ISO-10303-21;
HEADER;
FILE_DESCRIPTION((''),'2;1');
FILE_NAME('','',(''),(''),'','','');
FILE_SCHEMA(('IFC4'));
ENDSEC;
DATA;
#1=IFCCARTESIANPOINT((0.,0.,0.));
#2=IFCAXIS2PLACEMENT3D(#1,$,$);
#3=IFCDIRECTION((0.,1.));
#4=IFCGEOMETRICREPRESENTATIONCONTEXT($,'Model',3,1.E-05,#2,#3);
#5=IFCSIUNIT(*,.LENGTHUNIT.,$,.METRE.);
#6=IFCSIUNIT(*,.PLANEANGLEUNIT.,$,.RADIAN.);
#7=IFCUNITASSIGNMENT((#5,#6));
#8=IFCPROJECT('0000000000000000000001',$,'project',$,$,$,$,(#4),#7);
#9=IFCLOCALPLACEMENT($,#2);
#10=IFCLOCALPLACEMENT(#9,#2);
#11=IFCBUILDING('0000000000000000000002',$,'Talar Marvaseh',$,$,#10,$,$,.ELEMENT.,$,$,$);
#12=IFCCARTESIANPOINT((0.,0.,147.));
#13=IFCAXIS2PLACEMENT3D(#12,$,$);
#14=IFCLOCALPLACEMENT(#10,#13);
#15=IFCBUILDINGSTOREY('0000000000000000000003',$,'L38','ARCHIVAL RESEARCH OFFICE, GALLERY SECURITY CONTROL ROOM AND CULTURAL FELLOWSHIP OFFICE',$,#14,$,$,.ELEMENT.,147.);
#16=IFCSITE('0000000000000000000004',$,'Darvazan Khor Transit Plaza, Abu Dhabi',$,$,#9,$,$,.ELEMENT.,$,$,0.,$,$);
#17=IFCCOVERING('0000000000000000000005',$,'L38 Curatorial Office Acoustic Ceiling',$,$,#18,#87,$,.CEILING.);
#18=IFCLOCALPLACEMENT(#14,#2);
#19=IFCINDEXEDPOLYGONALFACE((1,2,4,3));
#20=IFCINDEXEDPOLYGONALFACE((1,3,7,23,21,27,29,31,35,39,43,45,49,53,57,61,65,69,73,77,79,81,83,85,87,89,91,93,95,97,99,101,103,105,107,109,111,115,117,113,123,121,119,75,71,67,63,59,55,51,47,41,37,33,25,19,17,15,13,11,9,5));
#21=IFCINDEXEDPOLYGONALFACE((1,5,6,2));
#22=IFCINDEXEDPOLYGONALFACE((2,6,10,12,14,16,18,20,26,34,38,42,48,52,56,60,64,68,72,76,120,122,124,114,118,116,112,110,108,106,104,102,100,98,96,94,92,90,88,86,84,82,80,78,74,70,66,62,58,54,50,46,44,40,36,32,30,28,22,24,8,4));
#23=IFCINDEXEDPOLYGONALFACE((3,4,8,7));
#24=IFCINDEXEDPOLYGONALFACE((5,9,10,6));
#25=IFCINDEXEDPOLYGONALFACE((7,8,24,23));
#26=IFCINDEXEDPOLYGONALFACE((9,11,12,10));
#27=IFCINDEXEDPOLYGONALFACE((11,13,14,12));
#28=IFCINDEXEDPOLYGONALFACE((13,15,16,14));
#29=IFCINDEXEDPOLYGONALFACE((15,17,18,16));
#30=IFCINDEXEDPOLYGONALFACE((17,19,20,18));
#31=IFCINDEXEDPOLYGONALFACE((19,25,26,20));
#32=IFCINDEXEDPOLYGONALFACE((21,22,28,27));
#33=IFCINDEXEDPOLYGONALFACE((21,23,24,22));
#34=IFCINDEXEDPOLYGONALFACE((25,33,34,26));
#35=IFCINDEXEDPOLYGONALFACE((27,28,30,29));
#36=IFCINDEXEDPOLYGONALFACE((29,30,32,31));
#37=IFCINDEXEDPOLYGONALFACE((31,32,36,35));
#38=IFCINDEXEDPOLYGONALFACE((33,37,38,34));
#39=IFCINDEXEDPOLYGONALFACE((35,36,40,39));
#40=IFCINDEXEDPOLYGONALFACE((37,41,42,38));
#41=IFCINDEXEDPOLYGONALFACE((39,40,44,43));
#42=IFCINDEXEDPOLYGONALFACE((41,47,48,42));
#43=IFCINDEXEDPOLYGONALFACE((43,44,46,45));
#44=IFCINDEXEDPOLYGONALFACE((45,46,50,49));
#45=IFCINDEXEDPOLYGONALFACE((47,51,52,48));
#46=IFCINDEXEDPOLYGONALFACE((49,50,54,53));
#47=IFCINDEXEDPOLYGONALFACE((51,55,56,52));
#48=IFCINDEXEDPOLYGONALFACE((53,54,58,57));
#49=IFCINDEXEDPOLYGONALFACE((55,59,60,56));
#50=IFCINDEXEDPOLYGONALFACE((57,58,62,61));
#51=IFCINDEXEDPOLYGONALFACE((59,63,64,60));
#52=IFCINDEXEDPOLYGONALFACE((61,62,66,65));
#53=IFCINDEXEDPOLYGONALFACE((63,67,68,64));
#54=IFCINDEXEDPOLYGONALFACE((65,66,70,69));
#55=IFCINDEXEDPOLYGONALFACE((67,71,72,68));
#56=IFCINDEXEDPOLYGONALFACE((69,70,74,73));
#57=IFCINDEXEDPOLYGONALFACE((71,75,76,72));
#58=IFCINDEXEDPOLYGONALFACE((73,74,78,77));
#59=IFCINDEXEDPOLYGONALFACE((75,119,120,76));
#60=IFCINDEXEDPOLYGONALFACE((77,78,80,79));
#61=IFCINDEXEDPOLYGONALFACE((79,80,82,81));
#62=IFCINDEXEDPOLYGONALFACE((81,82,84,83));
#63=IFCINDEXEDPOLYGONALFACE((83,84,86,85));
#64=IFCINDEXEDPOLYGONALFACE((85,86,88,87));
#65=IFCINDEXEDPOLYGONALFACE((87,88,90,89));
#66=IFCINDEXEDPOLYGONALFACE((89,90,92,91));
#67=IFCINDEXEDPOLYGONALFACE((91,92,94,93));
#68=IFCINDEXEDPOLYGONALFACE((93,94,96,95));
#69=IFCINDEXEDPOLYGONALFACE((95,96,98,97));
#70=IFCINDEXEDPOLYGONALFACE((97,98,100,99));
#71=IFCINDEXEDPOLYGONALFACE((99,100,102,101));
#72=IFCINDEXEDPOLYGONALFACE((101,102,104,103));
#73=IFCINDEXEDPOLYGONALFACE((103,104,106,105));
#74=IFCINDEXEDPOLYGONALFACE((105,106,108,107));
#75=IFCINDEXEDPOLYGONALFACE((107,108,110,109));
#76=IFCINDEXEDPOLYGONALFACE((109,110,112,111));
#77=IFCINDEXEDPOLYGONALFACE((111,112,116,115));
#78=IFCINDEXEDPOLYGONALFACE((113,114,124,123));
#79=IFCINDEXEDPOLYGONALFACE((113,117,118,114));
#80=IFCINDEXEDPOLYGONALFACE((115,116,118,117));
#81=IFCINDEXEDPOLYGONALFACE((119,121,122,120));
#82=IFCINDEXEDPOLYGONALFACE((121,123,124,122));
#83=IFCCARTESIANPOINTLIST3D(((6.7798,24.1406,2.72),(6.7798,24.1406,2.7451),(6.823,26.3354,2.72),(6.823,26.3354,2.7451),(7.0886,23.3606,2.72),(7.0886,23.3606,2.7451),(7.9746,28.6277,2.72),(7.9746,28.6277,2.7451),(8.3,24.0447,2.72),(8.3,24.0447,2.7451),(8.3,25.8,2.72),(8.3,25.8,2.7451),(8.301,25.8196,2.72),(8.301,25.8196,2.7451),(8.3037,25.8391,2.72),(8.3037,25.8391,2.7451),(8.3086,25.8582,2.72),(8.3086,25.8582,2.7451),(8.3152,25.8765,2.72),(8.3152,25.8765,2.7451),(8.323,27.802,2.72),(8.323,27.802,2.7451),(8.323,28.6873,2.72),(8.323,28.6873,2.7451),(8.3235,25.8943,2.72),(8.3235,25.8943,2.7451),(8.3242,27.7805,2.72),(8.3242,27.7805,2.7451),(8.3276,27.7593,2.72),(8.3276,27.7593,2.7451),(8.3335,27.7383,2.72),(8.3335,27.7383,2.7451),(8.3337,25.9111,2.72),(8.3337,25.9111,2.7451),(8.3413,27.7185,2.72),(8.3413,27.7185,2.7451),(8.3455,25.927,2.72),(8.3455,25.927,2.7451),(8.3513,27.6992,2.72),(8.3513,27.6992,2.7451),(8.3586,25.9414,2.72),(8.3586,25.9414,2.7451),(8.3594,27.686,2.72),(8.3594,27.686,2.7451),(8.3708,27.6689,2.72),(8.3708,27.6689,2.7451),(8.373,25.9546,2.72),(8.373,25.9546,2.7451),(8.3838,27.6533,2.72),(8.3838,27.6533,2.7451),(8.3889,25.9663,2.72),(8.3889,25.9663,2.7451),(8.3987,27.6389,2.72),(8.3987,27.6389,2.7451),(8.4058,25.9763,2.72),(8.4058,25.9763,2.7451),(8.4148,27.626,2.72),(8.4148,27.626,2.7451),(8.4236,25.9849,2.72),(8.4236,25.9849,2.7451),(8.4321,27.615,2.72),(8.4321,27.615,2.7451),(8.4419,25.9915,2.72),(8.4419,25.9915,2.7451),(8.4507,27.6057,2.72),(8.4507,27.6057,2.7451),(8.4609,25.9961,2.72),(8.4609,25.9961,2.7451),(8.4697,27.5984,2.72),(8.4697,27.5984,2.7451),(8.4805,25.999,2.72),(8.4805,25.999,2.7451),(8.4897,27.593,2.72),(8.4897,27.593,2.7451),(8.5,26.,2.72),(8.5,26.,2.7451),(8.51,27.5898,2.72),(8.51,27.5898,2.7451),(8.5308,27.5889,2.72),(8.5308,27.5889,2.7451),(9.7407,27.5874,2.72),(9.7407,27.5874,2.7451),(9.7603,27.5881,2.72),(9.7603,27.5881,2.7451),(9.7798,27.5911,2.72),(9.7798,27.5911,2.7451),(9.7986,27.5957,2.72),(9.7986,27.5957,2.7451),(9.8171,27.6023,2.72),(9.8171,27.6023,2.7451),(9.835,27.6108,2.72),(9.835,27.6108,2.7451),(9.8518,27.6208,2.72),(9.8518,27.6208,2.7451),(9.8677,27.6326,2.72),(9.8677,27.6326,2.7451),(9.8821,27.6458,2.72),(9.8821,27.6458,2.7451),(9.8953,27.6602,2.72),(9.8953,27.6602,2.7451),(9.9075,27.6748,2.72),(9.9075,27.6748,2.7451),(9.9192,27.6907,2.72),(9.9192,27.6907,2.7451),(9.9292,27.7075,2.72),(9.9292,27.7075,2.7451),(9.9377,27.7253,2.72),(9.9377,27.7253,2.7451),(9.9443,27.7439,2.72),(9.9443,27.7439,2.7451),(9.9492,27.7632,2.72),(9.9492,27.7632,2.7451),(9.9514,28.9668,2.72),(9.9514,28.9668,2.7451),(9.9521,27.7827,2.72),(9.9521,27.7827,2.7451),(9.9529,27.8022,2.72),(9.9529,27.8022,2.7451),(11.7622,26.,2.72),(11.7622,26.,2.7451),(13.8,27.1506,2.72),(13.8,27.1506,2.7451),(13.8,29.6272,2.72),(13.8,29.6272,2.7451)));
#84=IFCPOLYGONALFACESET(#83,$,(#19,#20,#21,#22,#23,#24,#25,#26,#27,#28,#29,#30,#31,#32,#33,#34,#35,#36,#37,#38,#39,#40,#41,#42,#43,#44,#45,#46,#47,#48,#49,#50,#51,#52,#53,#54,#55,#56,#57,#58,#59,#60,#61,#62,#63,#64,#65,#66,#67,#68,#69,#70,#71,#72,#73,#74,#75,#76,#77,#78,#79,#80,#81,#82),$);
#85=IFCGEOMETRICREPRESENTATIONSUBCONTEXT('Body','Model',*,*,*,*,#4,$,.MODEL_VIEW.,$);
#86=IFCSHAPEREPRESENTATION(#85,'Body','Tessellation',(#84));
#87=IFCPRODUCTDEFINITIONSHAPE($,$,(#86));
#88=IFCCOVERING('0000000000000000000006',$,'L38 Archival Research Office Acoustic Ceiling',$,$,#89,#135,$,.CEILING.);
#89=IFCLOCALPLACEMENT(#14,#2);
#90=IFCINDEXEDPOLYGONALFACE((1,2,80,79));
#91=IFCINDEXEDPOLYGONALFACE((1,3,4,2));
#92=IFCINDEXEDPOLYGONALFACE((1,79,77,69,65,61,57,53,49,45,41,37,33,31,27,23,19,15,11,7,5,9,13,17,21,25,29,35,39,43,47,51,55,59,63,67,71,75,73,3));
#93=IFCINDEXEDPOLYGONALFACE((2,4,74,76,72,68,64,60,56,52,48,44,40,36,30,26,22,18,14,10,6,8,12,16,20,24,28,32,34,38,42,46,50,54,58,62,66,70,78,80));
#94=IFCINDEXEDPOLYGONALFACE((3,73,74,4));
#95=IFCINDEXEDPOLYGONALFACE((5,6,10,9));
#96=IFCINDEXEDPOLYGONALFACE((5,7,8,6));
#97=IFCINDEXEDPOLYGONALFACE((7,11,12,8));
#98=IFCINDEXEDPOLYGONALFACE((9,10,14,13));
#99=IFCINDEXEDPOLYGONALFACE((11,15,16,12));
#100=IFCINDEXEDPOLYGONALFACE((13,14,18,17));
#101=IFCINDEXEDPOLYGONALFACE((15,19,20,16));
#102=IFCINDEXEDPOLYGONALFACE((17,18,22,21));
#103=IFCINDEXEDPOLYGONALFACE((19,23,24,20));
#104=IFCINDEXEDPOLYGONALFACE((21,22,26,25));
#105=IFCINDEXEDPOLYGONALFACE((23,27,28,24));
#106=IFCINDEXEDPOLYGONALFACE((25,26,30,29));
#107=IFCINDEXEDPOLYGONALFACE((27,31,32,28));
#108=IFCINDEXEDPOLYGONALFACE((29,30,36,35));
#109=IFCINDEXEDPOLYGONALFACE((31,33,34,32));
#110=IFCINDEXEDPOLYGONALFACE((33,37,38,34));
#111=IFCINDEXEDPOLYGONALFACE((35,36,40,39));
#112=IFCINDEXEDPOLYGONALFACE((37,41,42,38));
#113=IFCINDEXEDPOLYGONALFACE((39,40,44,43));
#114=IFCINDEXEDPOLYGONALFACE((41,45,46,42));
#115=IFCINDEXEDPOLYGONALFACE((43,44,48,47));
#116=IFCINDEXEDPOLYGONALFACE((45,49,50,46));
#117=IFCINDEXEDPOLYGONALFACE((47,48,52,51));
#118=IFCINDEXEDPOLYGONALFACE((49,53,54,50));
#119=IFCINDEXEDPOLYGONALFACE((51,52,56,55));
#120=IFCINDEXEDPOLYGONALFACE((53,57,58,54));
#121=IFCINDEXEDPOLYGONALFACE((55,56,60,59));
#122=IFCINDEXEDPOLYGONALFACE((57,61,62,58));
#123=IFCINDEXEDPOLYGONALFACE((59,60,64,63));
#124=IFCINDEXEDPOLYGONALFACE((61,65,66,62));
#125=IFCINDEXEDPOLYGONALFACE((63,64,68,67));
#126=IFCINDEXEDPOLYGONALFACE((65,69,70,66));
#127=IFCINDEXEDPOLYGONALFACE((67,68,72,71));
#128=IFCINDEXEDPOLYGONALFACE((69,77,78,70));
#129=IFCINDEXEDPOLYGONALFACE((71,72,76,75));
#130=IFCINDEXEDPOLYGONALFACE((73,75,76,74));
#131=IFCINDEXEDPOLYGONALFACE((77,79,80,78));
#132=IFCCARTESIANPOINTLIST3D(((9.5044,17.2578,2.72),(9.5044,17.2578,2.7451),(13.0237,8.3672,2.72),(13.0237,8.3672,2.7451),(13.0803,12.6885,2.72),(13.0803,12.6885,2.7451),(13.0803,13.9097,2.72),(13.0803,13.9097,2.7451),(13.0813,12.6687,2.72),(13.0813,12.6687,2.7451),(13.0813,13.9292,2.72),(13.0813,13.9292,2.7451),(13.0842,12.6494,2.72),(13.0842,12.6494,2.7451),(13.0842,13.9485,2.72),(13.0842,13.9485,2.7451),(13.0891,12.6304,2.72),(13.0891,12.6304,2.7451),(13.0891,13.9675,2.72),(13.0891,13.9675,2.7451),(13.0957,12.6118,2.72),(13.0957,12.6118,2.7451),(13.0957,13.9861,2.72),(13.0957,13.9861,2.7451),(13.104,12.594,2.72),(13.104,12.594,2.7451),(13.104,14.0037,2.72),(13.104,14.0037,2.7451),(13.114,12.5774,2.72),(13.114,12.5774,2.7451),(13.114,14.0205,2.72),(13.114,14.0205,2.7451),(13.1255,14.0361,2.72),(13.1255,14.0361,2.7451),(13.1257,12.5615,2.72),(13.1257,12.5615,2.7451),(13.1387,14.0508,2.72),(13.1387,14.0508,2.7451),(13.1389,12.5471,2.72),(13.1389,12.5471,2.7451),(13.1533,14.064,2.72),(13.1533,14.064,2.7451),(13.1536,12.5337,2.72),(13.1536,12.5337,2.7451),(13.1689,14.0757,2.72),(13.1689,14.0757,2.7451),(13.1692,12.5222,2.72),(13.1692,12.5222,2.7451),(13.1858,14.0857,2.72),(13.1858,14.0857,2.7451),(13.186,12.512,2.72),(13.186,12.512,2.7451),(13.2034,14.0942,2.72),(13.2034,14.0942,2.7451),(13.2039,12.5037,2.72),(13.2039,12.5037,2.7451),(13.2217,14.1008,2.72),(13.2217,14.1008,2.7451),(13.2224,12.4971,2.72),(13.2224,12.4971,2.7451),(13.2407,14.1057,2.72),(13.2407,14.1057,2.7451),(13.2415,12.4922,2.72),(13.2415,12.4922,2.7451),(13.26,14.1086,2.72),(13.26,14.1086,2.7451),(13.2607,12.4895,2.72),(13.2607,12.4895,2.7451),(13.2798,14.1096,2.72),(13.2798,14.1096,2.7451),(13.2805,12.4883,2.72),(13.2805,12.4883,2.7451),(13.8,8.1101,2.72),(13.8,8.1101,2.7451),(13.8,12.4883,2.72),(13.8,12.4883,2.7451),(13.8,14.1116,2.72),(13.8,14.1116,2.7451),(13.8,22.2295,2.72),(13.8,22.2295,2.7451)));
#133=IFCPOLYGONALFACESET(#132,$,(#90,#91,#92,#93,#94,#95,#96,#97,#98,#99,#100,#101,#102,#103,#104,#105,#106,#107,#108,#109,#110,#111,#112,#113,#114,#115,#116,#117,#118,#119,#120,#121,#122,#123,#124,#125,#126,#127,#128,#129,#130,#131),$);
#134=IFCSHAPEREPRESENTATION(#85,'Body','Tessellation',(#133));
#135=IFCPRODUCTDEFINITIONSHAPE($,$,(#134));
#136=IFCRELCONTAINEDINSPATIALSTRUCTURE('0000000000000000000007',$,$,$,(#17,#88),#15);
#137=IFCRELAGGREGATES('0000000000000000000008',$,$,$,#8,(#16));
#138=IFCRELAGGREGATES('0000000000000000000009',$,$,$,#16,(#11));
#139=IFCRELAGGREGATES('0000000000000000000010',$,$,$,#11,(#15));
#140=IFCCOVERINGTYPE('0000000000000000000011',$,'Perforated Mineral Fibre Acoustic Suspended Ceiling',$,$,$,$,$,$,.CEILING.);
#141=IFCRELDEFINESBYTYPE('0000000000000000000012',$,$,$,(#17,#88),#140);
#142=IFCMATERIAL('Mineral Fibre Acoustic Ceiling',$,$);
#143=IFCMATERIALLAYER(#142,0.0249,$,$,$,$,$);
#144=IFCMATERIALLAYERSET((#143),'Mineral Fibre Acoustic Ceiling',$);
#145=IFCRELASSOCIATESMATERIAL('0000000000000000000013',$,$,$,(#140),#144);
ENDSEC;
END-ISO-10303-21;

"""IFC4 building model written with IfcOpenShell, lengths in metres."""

from ifc_helpers import new_model, si_unit, direction, frame, origin, place, context, subcontext, project, spatial, polyline, outline, extrude, material, layer, layer_set, type_object, element, save


model = new_model("IFC4")

# Units and contexts
model_context = context("Model", 3, precision=1e-05, world=origin(), true_north=direction((0.0, 1.0)))
body_context = subcontext(model_context, "Body", "Model", "MODEL_VIEW")
ifc_project = project(units=[si_unit("LENGTHUNIT", "METRE"), si_unit("PLANEANGLEUNIT", "RADIAN")], contexts=[model_context])

# Site, building, storey
site_placement = place(None, origin())
site = spatial("IfcSite", under=ifc_project, at=site_placement, Name="Darvazan Khor Transit Plaza, Abu Dhabi", CompositionType="ELEMENT", RefElevation=0.0)
building_placement = place(site_placement, origin())
building = spatial("IfcBuilding", under=site, at=building_placement, Name="Talar Marvaseh", CompositionType="ELEMENT")
storey_placement = place(building_placement, frame((0.0, 0.0, 147.0)))
storey = spatial("IfcBuildingStorey", under=building, at=storey_placement, Name="L38", Description="ARCHIVAL RESEARCH OFFICE, GALLERY SECURITY CONTROL ROOM AND CULTURAL FELLOWSHIP OFFICE", CompositionType="ELEMENT", Elevation=147.0)

# Coverings
ifc_material_1 = material(Name="Mineral Fibre Acoustic Ceiling")
ifc_layer_1 = layer(ifc_material_1, 0.0249)
ifc_layer_set_1 = layer_set([ifc_layer_1], Name="Mineral Fibre Acoustic Ceiling")
covering_type_1 = type_object("IfcCoveringType", Name="Perforated Mineral Fibre Acoustic Suspended Ceiling", PredefinedType="CEILING", material=ifc_layer_set_1)
covering_1_placement = place(storey_placement, frame((0.0, 0.0, 2.72)))
element("IfcCovering", 1, at=covering_1_placement, inside=storey, type_object=covering_type_1, Name="L38 Curatorial Office Acoustic Ceiling", PredefinedType="CEILING", context=body_context, shape_type="SweptSolid", body=[
    extrude(outline(polyline([(8.323, 28.6873), (8.323, 27.802), (8.3242, 27.7805), (8.3276, 27.7593), (8.3335, 27.7383), (8.3413, 27.7185), (8.3513, 27.6992), (8.3594, 27.686), (8.3708, 27.6689), (8.3838, 27.6533), (8.3987, 27.6389), (8.4148, 27.626), (8.4321, 27.615), (8.4507, 27.6057), (8.4697, 27.5984), (8.4897, 27.593), (8.51, 27.5898), (8.5308, 27.5889), (9.7407, 27.5874), (9.7603, 27.5881), (9.7798, 27.5911), (9.7986, 27.5957), (9.8171, 27.6023), (9.835, 27.6108), (9.8518, 27.6208), (9.8677, 27.6326), (9.8821, 27.6458), (9.8953, 27.6602), (9.9075, 27.6748), (9.9192, 27.6907), (9.9292, 27.7075), (9.9377, 27.7253), (9.9443, 27.7439), (9.9492, 27.7632), (9.9521, 27.7827), (9.9529, 27.8022), (9.9514, 28.9668), (13.8, 29.6272), (13.8, 27.1506), (11.7622, 26.0), (8.5, 26.0), (8.4805, 25.999), (8.4609, 25.9961), (8.4419, 25.9915), (8.4236, 25.9849), (8.4058, 25.9763), (8.3889, 25.9663), (8.373, 25.9546), (8.3586, 25.9414), (8.3455, 25.927), (8.3337, 25.9111), (8.3235, 25.8943), (8.3152, 25.8765), (8.3086, 25.8582), (8.3037, 25.8391), (8.301, 25.8196), (8.3, 25.8), (8.3, 24.0447), (7.0886, 23.3606), (6.7798, 24.1406), (6.823, 26.3354), (7.9746, 28.6277), (8.323, 28.6873)])), origin(), (0.0, 0.0, 1.0), 0.0251),
])
covering_2_placement = place(storey_placement, frame((0.0, 0.0, 2.72)))
element("IfcCovering", 2, at=covering_2_placement, inside=storey, type_object=covering_type_1, Name="L38 Archival Research Office Acoustic Ceiling", PredefinedType="CEILING", context=body_context, shape_type="SweptSolid", body=[
    extrude(outline(polyline([(13.8, 22.2295), (13.8, 14.1116), (13.2798, 14.1096), (13.26, 14.1086), (13.2407, 14.1057), (13.2217, 14.1008), (13.2034, 14.0942), (13.1858, 14.0857), (13.1689, 14.0757), (13.1533, 14.064), (13.1387, 14.0508), (13.1255, 14.0361), (13.114, 14.0205), (13.104, 14.0037), (13.0957, 13.9861), (13.0891, 13.9675), (13.0842, 13.9485), (13.0813, 13.9292), (13.0803, 13.9097), (13.0803, 12.6885), (13.0813, 12.6687), (13.0842, 12.6494), (13.0891, 12.6304), (13.0957, 12.6118), (13.104, 12.594), (13.114, 12.5774), (13.1257, 12.5615), (13.1389, 12.5471), (13.1536, 12.5337), (13.1692, 12.5222), (13.186, 12.512), (13.2039, 12.5037), (13.2224, 12.4971), (13.2415, 12.4922), (13.2607, 12.4895), (13.2805, 12.4883), (13.8, 12.4883), (13.8, 8.1101), (13.0237, 8.3672), (9.5044, 17.2578), (13.8, 22.2295)])), origin(), (0.0, 0.0, 1.0), 0.0251),
])

save(model, "model.ifc")
